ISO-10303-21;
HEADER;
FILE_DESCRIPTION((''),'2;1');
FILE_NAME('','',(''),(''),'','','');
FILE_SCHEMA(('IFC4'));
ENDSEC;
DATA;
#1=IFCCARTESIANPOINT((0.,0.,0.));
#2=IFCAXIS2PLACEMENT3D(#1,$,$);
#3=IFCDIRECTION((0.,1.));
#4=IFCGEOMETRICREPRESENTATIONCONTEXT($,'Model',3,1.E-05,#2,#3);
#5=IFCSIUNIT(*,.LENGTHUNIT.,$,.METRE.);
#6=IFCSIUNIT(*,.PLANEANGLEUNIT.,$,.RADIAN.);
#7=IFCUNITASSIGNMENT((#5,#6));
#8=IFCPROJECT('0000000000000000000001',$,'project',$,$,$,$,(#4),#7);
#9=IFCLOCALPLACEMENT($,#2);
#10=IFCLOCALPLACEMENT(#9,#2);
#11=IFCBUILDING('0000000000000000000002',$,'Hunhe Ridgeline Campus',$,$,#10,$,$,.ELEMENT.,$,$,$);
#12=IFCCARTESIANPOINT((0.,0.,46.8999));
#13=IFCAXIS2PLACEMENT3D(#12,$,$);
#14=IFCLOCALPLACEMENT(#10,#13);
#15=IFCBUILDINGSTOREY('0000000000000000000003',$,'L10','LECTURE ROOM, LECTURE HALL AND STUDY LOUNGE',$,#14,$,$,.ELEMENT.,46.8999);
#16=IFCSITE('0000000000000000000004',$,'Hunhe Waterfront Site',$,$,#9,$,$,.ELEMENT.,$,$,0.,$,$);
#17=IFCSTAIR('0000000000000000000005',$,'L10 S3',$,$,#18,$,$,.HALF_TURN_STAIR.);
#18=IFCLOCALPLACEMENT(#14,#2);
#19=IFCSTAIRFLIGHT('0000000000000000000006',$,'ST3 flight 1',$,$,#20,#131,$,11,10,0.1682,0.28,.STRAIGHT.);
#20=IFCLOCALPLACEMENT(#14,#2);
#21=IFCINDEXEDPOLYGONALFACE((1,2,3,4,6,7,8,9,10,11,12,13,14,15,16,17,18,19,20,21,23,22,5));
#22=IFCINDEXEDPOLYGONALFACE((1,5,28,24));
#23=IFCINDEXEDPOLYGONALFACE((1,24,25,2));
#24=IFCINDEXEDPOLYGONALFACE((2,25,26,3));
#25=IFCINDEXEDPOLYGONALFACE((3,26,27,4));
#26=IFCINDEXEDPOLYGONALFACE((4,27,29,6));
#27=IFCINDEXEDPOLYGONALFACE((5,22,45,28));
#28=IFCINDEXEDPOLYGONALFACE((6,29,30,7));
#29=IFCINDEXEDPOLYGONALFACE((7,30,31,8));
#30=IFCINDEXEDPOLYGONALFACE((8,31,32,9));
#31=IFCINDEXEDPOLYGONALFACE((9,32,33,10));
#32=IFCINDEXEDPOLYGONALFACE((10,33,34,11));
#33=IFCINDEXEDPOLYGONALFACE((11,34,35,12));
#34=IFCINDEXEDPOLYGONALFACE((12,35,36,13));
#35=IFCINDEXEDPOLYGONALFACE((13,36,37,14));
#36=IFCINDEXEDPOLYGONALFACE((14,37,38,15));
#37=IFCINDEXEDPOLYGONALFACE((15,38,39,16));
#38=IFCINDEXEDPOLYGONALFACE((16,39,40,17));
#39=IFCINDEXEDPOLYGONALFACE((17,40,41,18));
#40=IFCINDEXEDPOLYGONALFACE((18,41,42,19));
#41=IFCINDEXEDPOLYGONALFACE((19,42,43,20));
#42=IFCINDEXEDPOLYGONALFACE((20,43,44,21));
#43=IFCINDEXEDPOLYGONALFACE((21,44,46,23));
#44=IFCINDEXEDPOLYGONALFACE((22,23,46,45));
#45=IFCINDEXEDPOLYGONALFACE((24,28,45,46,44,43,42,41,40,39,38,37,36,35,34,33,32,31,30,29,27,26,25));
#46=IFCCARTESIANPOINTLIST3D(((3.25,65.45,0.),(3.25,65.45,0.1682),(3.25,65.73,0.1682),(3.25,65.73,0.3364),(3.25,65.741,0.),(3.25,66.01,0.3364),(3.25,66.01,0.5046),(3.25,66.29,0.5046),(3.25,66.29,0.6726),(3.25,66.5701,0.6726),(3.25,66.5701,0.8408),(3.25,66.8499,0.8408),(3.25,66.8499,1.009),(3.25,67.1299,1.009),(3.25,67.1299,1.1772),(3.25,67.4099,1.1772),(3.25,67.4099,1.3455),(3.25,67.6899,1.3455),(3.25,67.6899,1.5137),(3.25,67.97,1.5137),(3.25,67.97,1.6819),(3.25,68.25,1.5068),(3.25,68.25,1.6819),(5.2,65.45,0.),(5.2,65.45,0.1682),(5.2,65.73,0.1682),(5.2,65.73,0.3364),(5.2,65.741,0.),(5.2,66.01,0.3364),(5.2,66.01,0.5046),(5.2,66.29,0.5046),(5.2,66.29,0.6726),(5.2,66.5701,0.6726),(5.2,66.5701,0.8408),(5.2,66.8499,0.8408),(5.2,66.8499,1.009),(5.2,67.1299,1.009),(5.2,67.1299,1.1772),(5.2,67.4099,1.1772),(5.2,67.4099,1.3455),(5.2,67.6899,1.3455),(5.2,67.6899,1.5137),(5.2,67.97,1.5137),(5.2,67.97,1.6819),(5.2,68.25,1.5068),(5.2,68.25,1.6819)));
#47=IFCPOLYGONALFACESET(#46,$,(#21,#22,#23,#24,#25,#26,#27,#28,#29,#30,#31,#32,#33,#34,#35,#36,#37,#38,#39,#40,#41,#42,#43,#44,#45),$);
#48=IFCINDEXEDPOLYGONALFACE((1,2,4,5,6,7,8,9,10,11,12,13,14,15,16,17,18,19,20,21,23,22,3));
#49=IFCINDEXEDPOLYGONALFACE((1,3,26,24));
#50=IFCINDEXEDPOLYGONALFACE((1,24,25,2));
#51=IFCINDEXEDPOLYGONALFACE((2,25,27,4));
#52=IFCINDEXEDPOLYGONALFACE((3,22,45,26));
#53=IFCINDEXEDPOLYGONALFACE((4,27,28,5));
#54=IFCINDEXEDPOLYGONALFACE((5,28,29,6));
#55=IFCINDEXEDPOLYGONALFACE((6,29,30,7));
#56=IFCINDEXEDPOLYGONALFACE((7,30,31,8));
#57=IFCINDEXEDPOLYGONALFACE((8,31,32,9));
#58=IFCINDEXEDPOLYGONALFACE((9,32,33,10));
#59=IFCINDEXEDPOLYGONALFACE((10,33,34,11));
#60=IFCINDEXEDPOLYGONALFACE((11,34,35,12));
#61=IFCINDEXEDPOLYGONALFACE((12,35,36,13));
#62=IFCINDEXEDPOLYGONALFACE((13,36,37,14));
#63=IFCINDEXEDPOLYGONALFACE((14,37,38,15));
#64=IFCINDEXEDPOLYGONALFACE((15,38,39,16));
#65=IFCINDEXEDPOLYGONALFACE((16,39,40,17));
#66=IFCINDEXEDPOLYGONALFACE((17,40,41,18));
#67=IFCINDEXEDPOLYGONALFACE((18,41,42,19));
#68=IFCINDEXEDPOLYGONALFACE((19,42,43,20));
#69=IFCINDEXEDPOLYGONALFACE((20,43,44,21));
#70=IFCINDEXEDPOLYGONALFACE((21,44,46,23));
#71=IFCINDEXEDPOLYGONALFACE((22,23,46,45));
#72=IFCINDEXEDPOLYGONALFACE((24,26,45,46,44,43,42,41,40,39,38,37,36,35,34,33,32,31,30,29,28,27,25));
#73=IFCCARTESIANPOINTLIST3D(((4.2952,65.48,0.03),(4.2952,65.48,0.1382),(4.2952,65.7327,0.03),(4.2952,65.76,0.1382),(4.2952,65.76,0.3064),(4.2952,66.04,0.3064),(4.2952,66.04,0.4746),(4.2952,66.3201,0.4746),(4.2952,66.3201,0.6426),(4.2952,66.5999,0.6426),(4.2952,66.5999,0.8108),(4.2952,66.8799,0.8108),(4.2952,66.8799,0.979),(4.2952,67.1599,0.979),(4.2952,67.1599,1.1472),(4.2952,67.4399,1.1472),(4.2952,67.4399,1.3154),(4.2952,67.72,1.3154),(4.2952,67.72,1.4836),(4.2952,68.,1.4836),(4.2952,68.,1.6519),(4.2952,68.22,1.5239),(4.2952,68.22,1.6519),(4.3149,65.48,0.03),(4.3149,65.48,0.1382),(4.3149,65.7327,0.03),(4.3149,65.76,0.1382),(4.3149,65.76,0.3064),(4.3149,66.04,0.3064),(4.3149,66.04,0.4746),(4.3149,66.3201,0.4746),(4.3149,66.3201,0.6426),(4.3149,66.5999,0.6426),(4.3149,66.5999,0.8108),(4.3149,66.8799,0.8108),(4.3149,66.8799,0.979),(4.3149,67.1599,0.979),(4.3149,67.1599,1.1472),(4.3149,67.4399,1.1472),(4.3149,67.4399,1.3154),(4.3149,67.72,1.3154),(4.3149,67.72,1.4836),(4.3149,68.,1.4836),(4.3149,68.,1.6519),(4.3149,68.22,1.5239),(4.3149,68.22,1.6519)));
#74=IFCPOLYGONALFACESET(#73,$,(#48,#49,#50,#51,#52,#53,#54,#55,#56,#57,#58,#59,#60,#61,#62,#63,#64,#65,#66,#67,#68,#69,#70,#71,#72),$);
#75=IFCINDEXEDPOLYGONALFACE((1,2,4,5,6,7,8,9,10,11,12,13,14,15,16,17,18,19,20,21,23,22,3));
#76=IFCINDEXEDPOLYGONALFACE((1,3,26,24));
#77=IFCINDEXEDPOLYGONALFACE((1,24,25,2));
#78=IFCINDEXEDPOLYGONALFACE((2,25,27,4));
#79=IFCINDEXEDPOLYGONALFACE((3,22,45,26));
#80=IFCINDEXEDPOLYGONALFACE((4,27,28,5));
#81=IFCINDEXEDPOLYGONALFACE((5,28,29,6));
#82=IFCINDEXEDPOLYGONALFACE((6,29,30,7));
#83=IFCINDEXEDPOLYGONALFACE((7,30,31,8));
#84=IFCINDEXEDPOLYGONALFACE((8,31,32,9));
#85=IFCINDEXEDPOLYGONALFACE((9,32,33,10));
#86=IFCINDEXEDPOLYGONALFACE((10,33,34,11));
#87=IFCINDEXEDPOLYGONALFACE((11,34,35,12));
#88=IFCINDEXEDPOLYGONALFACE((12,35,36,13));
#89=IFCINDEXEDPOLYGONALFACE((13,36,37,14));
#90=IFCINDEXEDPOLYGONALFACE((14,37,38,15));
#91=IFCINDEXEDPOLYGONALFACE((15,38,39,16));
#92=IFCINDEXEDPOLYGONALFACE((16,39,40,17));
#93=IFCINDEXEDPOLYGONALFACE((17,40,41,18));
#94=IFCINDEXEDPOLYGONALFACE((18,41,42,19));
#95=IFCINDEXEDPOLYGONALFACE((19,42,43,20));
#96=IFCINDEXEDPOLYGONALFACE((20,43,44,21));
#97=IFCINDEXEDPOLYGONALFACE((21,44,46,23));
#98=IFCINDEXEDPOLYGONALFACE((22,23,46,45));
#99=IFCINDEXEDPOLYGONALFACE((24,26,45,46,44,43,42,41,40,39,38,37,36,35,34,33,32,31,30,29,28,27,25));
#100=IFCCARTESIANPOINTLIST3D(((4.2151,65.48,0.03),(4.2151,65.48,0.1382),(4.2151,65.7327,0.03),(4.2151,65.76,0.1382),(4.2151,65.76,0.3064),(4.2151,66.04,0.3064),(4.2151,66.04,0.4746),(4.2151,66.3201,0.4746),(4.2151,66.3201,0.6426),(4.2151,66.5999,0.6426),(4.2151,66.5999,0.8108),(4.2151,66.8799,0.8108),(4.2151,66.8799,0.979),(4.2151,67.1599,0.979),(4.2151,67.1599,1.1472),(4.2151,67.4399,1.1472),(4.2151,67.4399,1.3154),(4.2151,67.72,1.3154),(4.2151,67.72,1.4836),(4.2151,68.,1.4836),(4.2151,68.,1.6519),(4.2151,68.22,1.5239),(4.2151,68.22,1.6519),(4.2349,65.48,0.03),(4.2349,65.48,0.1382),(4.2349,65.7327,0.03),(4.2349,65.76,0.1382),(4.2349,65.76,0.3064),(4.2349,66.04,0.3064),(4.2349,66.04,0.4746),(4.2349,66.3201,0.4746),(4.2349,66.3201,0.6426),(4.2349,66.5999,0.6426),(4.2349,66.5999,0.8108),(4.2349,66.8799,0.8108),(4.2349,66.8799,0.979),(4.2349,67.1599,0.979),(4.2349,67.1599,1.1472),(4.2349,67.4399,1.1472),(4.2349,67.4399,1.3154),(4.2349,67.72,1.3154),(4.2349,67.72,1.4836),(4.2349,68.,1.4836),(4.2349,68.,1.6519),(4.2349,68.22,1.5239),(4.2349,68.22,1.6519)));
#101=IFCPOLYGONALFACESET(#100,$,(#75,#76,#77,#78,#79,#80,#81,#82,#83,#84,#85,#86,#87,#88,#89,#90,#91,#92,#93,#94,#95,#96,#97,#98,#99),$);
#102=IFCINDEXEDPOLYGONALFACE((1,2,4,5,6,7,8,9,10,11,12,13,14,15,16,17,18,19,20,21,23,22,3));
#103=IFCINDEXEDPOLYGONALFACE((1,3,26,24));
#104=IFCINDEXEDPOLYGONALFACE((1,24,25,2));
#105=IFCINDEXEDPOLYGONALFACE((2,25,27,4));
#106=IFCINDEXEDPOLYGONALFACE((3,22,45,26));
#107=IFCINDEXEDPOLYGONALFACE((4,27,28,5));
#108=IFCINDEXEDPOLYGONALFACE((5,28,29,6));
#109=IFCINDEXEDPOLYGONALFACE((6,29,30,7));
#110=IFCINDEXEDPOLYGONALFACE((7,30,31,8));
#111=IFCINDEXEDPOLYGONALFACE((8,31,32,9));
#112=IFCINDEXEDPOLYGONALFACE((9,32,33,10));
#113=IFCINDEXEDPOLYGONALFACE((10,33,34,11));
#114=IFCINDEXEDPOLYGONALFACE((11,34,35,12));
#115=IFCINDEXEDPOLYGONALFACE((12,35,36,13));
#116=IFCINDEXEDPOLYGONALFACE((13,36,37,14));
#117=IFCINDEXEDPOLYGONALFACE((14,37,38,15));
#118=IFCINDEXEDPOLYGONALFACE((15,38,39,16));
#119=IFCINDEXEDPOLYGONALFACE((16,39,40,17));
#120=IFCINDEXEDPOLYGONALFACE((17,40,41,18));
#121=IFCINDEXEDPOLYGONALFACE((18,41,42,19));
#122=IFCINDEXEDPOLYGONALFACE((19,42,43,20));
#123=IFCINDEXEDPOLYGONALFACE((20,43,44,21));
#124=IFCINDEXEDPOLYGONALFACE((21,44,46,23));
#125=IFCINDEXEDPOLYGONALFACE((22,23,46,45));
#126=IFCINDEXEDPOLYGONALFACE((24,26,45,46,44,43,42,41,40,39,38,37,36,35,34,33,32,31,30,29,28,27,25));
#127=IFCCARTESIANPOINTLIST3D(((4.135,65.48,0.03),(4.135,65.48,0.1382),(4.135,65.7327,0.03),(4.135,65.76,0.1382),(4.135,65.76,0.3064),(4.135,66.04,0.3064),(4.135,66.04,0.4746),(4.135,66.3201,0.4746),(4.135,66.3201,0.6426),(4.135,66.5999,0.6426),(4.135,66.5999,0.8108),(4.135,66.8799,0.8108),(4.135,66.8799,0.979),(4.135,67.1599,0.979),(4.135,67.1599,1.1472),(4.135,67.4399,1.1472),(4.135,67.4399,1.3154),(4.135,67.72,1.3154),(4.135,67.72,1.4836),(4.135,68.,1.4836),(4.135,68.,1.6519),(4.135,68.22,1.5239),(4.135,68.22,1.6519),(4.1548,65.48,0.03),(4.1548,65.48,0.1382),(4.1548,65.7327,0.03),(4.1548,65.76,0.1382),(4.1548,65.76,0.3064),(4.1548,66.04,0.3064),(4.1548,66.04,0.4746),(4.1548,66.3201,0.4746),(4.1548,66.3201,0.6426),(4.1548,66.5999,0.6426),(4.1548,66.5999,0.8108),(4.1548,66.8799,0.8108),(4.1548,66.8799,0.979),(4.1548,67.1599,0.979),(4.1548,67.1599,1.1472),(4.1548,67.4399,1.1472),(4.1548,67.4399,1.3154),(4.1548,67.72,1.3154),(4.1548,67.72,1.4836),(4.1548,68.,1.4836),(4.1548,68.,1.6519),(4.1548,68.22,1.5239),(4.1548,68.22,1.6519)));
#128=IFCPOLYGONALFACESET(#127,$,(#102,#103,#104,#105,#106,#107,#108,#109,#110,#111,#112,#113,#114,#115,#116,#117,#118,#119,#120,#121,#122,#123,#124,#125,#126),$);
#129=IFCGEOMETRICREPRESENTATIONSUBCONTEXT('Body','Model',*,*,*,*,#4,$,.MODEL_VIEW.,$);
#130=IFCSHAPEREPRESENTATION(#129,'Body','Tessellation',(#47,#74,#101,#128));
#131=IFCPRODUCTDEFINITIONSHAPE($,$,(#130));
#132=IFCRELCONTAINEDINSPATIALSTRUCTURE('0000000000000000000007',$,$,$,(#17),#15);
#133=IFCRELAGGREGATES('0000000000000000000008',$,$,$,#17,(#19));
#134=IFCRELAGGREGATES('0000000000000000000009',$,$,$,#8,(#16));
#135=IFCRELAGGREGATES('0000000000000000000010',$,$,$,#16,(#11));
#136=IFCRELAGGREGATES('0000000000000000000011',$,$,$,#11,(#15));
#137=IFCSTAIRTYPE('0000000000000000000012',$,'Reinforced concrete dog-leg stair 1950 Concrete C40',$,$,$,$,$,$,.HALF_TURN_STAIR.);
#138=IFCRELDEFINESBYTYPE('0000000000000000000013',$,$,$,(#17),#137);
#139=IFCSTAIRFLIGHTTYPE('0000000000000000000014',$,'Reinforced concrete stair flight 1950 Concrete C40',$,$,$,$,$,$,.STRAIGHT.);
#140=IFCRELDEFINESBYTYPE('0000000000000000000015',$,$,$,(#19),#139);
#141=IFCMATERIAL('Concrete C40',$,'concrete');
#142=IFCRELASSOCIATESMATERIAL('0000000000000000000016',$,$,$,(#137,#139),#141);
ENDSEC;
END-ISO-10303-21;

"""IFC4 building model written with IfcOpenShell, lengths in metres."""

from ifc_helpers import new_model, si_unit, direction, frame, origin, place, context, subcontext, project, spatial, polyline, outline, extrude, material, type_object, element, aggregate, save


model = new_model("IFC4")

# Units and contexts
model_context = context("Model", 3, precision=1e-05, world=origin(), true_north=direction((0.0, 1.0)))
body_context = subcontext(model_context, "Body", "Model", "MODEL_VIEW")
ifc_project = project(units=[si_unit("LENGTHUNIT", "METRE"), si_unit("PLANEANGLEUNIT", "RADIAN")], contexts=[model_context])

# Site, building, storey
site_placement = place(None, origin())
site = spatial("IfcSite", under=ifc_project, at=site_placement, Name="Hunhe Waterfront Site", CompositionType="ELEMENT", RefElevation=0.0)
building_placement = place(site_placement, origin())
building = spatial("IfcBuilding", under=site, at=building_placement, Name="Hunhe Ridgeline Campus", CompositionType="ELEMENT")
storey_placement = place(building_placement, frame((0.0, 0.0, 46.8999)))
storey = spatial("IfcBuildingStorey", under=building, at=storey_placement, Name="L10", Description="LECTURE ROOM, LECTURE HALL AND STUDY LOUNGE", CompositionType="ELEMENT", Elevation=46.8999)

# Stair, stair flight
ifc_material_1 = material(Name="Concrete C40", Category="concrete")
stair_type = type_object("IfcStairType", Name="Reinforced concrete dog-leg stair 1950 Concrete C40", PredefinedType="HALF_TURN_STAIR", material=ifc_material_1)
stair_1_placement = place(storey_placement, origin())
stair_1 = element("IfcStair", 1, at=stair_1_placement, inside=storey, type_object=stair_type, Name="L10 S3", PredefinedType="HALF_TURN_STAIR")
stair_flight_type = type_object("IfcStairFlightType", Name="Reinforced concrete stair flight 1950 Concrete C40", PredefinedType="STRAIGHT", material=ifc_material_1)
stair_flight_1_placement = place(storey_placement, frame((4.2251, 65.45, 0.0), z_axis=(0.0, 0.0, 1.0), x_axis=(0.0, 1.0, 0.0)))
stair_flight_1 = element("IfcStairFlight", 2, at=stair_flight_1_placement, type_object=stair_flight_type, Name="ST3 flight 1", NumberOfRisers=11, NumberOfTreads=10, PredefinedType="STRAIGHT", RiserHeight=0.1682, TreadLength=0.28, context=body_context, shape_type="SweptSolid", body=[
    extrude(outline(polyline([(0.0, 0.0), (0.0, 0.1682), (0.28, 0.1682), (0.28, 0.3364), (0.5601, 0.3364), (0.5601, 0.5046), (0.8401, 0.5046), (0.8401, 0.6726), (1.1201, 0.6726), (1.1201, 0.8408), (1.3999, 0.8408), (1.3999, 1.009), (1.6799, 1.009), (1.6799, 1.1772), (1.96, 1.1772), (1.96, 1.3455), (2.24, 1.3455), (2.24, 1.5137), (2.52, 1.5137), (2.52, 1.6819), (2.8, 1.6819), (2.8, 1.8501), (2.8, 1.5068), (0.291, 0.0), (0.0, 0.0)])), frame((0.0, 0.9751, 0.0), z_axis=(0.0, -1.0, 0.0), x_axis=(1.0, 0.0, 0.0)), (0.0, 0.0, 1.0), 1.95),
    extrude(outline(polyline([(0.03, 0.03), (0.03, 0.1382), (0.3101, 0.1382), (0.3101, 0.3064), (0.5901, 0.3064), (0.5901, 0.4746), (0.8701, 0.4746), (0.8701, 0.6426), (1.1499, 0.6426), (1.1499, 0.8108), (1.4299, 0.8108), (1.4299, 0.979), (1.71, 0.979), (1.71, 1.1472), (1.99, 1.1472), (1.99, 1.3154), (2.27, 1.3154), (2.27, 1.4836), (2.55, 1.4836), (2.55, 1.6519), (2.77, 1.6519), (2.77, 1.5239), (0.2827, 0.03), (0.03, 0.03)])), frame((0.0, -0.0701, 0.0), z_axis=(0.0, -1.0, 0.0), x_axis=(1.0, 0.0, 0.0)), (0.0, 0.0, 1.0), 0.0198),
    extrude(outline(polyline([(0.03, 0.03), (0.03, 0.1382), (0.3101, 0.1382), (0.3101, 0.3064), (0.5901, 0.3064), (0.5901, 0.4746), (0.8701, 0.4746), (0.8701, 0.6426), (1.1499, 0.6426), (1.1499, 0.8108), (1.4299, 0.8108), (1.4299, 0.979), (1.71, 0.979), (1.71, 1.1472), (1.99, 1.1472), (1.99, 1.3154), (2.27, 1.3154), (2.27, 1.4836), (2.55, 1.4836), (2.55, 1.6519), (2.77, 1.6519), (2.77, 1.5239), (0.2827, 0.03), (0.03, 0.03)])), frame((0.0, 0.01, 0.0), z_axis=(0.0, -1.0, 0.0), x_axis=(1.0, 0.0, 0.0)), (0.0, 0.0, 1.0), 0.0198),
    extrude(outline(polyline([(0.03, 0.03), (0.03, 0.1382), (0.3101, 0.1382), (0.3101, 0.3064), (0.5901, 0.3064), (0.5901, 0.4746), (0.8701, 0.4746), (0.8701, 0.6426), (1.1499, 0.6426), (1.1499, 0.8108), (1.4299, 0.8108), (1.4299, 0.979), (1.71, 0.979), (1.71, 1.1472), (1.99, 1.1472), (1.99, 1.3154), (2.27, 1.3154), (2.27, 1.4836), (2.55, 1.4836), (2.55, 1.6519), (2.77, 1.6519), (2.77, 1.5239), (0.2827, 0.03), (0.03, 0.03)])), frame((0.0, 0.0901, 0.0), z_axis=(0.0, -1.0, 0.0), x_axis=(1.0, 0.0, 0.0)), (0.0, 0.0, 1.0), 0.0198),
])
aggregate(stair_1, [stair_flight_1])

save(model, "model.ifc")
